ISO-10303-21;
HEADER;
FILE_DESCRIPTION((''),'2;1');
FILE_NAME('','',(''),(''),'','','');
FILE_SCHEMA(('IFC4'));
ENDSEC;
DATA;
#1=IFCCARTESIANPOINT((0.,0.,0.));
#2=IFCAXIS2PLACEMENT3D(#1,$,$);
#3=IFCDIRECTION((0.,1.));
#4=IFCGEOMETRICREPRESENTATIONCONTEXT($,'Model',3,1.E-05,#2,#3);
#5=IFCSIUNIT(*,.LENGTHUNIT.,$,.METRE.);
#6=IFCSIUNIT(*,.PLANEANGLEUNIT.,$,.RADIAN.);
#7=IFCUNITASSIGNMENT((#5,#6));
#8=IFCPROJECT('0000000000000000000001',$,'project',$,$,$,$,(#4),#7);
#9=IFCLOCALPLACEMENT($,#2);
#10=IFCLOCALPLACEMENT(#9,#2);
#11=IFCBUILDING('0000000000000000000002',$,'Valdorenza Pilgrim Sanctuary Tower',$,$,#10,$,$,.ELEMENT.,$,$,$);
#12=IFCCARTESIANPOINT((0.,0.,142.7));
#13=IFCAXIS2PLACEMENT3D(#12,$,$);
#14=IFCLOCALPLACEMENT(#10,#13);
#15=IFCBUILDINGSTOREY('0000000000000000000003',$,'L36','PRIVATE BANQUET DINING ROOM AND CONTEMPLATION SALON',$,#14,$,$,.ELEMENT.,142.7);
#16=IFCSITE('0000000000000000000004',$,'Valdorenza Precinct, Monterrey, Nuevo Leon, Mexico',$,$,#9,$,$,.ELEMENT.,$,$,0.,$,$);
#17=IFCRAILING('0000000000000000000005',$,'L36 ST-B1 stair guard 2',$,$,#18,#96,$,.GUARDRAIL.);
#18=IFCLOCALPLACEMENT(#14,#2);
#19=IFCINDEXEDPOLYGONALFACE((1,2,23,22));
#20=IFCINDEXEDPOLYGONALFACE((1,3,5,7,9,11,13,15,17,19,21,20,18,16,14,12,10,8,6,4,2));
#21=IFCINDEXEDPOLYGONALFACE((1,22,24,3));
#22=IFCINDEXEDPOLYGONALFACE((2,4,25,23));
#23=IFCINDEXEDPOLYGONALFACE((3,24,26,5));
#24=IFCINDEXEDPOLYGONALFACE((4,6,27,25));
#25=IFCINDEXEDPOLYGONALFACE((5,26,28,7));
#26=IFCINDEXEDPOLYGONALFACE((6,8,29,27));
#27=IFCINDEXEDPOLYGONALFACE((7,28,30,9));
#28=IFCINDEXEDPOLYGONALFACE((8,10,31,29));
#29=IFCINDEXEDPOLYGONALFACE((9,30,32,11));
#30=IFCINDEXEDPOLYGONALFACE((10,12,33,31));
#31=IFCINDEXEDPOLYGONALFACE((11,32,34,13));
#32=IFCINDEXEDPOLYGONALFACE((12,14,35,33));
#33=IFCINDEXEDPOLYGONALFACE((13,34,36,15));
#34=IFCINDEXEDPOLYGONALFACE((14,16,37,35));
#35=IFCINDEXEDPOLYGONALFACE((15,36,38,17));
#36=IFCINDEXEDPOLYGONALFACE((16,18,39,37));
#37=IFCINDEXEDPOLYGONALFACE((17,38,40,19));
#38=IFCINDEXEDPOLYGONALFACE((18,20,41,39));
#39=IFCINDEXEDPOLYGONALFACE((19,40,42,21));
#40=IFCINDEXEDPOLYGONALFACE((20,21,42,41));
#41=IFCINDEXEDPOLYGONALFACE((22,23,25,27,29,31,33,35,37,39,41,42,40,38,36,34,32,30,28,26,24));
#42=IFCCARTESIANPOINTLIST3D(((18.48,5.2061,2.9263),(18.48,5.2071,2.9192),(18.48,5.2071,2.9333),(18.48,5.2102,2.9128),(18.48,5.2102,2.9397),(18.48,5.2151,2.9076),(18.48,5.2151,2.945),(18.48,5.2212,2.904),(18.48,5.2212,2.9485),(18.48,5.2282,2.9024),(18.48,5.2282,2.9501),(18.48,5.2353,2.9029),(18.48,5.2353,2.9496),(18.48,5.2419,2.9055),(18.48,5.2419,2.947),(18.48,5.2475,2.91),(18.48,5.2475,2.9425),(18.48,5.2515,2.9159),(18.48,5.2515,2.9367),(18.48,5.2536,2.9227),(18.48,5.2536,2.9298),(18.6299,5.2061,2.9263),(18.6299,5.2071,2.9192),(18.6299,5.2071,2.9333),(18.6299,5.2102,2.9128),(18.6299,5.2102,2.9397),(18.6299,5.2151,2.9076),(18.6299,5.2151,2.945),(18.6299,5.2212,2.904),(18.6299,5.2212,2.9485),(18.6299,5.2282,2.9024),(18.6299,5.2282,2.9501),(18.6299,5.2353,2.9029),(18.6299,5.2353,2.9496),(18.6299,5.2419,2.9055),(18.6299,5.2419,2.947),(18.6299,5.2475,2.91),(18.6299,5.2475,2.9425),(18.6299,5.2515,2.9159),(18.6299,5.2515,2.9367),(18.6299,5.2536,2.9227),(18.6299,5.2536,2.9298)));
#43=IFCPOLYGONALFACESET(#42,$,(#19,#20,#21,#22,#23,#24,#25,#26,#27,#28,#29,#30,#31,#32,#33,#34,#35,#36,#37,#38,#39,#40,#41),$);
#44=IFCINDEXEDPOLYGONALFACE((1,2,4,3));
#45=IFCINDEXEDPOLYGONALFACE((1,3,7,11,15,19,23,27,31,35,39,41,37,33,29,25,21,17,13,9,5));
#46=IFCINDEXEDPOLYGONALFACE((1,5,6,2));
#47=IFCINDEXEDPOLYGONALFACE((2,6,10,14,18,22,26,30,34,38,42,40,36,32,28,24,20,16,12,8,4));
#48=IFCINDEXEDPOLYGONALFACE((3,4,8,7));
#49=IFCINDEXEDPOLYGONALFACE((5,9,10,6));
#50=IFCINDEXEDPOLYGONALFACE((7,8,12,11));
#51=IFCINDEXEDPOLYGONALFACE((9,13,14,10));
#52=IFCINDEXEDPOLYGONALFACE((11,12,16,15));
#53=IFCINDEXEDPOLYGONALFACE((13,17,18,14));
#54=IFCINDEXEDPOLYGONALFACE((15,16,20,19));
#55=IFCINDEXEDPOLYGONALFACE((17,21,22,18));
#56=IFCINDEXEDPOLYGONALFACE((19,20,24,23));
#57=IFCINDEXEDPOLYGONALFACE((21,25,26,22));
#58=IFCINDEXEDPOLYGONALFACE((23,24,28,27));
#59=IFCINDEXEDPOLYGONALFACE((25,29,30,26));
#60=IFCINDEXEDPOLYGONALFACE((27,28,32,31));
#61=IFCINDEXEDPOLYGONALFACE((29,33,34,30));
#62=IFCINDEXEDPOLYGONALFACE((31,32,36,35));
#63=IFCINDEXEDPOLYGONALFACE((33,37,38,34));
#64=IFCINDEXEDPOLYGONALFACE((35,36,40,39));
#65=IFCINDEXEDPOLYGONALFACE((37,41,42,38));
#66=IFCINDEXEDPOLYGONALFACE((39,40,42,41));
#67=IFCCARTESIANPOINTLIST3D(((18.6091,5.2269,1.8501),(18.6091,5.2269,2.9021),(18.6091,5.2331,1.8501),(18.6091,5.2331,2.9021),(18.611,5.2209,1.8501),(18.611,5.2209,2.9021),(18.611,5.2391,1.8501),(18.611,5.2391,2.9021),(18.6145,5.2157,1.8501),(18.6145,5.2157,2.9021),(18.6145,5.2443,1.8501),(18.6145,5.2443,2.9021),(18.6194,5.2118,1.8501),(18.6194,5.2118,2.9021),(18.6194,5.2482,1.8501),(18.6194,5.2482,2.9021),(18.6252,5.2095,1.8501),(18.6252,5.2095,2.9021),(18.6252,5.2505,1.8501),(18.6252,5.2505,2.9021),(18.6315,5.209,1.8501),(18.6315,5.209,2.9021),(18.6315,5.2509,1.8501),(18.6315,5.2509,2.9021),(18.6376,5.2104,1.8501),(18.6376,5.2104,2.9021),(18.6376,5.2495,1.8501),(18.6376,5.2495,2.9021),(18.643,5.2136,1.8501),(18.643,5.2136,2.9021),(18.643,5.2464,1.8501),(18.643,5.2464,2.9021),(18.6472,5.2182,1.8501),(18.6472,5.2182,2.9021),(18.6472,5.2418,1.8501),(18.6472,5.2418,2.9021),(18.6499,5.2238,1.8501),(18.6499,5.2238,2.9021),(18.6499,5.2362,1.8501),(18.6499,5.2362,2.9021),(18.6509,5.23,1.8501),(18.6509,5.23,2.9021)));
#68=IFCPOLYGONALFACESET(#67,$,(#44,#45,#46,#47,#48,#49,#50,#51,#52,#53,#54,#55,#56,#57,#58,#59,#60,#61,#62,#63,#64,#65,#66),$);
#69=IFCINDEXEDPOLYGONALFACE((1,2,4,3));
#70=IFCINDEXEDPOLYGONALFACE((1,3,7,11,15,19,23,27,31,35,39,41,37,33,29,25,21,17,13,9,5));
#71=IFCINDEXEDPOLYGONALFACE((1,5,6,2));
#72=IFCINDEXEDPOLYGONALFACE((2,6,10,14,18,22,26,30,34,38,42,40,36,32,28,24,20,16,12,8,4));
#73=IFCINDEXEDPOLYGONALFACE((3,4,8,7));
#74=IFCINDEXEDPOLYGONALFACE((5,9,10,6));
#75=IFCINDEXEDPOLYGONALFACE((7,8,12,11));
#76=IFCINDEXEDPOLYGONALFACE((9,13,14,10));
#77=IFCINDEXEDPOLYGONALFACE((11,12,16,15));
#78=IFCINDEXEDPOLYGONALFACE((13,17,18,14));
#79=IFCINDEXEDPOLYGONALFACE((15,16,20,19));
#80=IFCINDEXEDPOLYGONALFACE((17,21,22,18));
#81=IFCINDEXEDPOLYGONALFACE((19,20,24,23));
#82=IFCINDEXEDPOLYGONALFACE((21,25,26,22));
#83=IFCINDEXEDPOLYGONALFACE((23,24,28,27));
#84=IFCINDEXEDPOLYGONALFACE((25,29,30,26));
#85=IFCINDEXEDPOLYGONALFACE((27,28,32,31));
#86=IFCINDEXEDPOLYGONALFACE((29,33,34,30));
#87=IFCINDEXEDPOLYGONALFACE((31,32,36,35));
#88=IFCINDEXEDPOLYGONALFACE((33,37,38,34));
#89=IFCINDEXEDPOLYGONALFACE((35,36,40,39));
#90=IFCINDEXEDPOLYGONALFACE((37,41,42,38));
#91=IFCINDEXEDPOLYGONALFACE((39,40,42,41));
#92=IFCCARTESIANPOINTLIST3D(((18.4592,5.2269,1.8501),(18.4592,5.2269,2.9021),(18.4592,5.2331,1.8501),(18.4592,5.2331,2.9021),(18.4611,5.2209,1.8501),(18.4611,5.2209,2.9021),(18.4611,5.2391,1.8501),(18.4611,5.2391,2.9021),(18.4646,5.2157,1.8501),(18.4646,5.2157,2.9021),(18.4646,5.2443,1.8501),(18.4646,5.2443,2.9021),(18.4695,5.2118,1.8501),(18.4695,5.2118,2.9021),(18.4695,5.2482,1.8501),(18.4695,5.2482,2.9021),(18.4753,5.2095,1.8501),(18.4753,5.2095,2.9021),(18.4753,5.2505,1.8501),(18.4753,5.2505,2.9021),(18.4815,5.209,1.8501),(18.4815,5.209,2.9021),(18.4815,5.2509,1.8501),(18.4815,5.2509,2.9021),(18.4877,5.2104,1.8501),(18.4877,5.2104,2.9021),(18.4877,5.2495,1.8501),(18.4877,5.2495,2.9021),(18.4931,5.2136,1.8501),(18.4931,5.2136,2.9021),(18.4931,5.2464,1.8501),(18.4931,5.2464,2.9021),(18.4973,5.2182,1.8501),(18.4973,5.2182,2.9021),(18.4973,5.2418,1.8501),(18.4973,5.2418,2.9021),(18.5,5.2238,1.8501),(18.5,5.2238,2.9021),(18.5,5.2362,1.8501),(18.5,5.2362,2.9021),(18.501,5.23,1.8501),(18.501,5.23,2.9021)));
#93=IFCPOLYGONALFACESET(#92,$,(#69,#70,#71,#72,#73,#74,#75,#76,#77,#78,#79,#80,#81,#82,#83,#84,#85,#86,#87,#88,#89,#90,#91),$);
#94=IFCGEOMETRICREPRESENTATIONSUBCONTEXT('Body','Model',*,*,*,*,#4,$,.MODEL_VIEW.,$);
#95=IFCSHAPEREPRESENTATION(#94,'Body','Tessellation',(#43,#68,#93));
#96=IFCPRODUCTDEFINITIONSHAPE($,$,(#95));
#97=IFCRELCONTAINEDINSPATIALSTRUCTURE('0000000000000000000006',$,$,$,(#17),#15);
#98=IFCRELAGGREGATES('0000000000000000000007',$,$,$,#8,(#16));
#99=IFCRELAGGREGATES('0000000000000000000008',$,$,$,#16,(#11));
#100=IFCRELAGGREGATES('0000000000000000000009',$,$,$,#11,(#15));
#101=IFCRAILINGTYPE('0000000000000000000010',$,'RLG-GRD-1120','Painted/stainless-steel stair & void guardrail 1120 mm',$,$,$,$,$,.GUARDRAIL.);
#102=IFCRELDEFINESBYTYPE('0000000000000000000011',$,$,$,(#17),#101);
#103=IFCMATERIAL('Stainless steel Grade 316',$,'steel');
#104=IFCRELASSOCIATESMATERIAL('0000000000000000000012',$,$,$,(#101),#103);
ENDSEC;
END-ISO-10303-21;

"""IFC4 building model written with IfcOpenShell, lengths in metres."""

from ifc_helpers import new_model, si_unit, direction, frame, origin, origin_2d, place, context, subcontext, project, spatial, circle, extrude, material, type_object, element, save


model = new_model("IFC4")

# Units and contexts
model_context = context("Model", 3, precision=1e-05, world=origin(), true_north=direction((0.0, 1.0)))
body_context = subcontext(model_context, "Body", "Model", "MODEL_VIEW")
ifc_project = project(units=[si_unit("LENGTHUNIT", "METRE"), si_unit("PLANEANGLEUNIT", "RADIAN")], contexts=[model_context])

# Site, building, storey
site_placement = place(None, origin())
site = spatial("IfcSite", under=ifc_project, at=site_placement, Name="Valdorenza Precinct, Monterrey, Nuevo Leon, Mexico", CompositionType="ELEMENT", RefElevation=0.0)
building_placement = place(site_placement, origin())
building = spatial("IfcBuilding", under=site, at=building_placement, Name="Valdorenza Pilgrim Sanctuary Tower", CompositionType="ELEMENT")
storey_placement = place(building_placement, frame((0.0, 0.0, 142.7)))
storey = spatial("IfcBuildingStorey", under=building, at=storey_placement, Name="L36", Description="PRIVATE BANQUET DINING ROOM AND CONTEMPLATION SALON", CompositionType="ELEMENT", Elevation=142.7)

# Railing
ifc_material_1 = material(Name="Stainless steel Grade 316", Category="steel")
railing_type_1 = type_object("IfcRailingType", Name="RLG-GRD-1120", Description="Painted/stainless-steel stair & void guardrail 1120 mm", PredefinedType="GUARDRAIL", material=ifc_material_1)
railing_1_placement = place(storey_placement, frame((18.6299, 5.23, 1.8501)))
element("IfcRailing", 1, at=railing_1_placement, inside=storey, type_object=railing_type_1, Name="L36 ST-B1 stair guard 2", PredefinedType="GUARDRAIL", context=body_context, shape_type="SweptSolid", body=[
    extrude(circle(Radius=0.0239, at=origin_2d()), frame((0.0, 0.0, 1.0762), z_axis=(-1.0, 0.0, 0.0), x_axis=(0.0, -1.0, 0.0)), (0.0, 0.0, 1.0), 0.1499),
    extrude(circle(Radius=0.021, at=origin_2d()), origin(), (0.0, 0.0, 1.0), 1.052),
    extrude(circle(Radius=0.021, at=origin_2d()), frame((-0.1499, 0.0, 0.0)), (0.0, 0.0, 1.0), 1.052),
])

save(model, "model.ifc")
